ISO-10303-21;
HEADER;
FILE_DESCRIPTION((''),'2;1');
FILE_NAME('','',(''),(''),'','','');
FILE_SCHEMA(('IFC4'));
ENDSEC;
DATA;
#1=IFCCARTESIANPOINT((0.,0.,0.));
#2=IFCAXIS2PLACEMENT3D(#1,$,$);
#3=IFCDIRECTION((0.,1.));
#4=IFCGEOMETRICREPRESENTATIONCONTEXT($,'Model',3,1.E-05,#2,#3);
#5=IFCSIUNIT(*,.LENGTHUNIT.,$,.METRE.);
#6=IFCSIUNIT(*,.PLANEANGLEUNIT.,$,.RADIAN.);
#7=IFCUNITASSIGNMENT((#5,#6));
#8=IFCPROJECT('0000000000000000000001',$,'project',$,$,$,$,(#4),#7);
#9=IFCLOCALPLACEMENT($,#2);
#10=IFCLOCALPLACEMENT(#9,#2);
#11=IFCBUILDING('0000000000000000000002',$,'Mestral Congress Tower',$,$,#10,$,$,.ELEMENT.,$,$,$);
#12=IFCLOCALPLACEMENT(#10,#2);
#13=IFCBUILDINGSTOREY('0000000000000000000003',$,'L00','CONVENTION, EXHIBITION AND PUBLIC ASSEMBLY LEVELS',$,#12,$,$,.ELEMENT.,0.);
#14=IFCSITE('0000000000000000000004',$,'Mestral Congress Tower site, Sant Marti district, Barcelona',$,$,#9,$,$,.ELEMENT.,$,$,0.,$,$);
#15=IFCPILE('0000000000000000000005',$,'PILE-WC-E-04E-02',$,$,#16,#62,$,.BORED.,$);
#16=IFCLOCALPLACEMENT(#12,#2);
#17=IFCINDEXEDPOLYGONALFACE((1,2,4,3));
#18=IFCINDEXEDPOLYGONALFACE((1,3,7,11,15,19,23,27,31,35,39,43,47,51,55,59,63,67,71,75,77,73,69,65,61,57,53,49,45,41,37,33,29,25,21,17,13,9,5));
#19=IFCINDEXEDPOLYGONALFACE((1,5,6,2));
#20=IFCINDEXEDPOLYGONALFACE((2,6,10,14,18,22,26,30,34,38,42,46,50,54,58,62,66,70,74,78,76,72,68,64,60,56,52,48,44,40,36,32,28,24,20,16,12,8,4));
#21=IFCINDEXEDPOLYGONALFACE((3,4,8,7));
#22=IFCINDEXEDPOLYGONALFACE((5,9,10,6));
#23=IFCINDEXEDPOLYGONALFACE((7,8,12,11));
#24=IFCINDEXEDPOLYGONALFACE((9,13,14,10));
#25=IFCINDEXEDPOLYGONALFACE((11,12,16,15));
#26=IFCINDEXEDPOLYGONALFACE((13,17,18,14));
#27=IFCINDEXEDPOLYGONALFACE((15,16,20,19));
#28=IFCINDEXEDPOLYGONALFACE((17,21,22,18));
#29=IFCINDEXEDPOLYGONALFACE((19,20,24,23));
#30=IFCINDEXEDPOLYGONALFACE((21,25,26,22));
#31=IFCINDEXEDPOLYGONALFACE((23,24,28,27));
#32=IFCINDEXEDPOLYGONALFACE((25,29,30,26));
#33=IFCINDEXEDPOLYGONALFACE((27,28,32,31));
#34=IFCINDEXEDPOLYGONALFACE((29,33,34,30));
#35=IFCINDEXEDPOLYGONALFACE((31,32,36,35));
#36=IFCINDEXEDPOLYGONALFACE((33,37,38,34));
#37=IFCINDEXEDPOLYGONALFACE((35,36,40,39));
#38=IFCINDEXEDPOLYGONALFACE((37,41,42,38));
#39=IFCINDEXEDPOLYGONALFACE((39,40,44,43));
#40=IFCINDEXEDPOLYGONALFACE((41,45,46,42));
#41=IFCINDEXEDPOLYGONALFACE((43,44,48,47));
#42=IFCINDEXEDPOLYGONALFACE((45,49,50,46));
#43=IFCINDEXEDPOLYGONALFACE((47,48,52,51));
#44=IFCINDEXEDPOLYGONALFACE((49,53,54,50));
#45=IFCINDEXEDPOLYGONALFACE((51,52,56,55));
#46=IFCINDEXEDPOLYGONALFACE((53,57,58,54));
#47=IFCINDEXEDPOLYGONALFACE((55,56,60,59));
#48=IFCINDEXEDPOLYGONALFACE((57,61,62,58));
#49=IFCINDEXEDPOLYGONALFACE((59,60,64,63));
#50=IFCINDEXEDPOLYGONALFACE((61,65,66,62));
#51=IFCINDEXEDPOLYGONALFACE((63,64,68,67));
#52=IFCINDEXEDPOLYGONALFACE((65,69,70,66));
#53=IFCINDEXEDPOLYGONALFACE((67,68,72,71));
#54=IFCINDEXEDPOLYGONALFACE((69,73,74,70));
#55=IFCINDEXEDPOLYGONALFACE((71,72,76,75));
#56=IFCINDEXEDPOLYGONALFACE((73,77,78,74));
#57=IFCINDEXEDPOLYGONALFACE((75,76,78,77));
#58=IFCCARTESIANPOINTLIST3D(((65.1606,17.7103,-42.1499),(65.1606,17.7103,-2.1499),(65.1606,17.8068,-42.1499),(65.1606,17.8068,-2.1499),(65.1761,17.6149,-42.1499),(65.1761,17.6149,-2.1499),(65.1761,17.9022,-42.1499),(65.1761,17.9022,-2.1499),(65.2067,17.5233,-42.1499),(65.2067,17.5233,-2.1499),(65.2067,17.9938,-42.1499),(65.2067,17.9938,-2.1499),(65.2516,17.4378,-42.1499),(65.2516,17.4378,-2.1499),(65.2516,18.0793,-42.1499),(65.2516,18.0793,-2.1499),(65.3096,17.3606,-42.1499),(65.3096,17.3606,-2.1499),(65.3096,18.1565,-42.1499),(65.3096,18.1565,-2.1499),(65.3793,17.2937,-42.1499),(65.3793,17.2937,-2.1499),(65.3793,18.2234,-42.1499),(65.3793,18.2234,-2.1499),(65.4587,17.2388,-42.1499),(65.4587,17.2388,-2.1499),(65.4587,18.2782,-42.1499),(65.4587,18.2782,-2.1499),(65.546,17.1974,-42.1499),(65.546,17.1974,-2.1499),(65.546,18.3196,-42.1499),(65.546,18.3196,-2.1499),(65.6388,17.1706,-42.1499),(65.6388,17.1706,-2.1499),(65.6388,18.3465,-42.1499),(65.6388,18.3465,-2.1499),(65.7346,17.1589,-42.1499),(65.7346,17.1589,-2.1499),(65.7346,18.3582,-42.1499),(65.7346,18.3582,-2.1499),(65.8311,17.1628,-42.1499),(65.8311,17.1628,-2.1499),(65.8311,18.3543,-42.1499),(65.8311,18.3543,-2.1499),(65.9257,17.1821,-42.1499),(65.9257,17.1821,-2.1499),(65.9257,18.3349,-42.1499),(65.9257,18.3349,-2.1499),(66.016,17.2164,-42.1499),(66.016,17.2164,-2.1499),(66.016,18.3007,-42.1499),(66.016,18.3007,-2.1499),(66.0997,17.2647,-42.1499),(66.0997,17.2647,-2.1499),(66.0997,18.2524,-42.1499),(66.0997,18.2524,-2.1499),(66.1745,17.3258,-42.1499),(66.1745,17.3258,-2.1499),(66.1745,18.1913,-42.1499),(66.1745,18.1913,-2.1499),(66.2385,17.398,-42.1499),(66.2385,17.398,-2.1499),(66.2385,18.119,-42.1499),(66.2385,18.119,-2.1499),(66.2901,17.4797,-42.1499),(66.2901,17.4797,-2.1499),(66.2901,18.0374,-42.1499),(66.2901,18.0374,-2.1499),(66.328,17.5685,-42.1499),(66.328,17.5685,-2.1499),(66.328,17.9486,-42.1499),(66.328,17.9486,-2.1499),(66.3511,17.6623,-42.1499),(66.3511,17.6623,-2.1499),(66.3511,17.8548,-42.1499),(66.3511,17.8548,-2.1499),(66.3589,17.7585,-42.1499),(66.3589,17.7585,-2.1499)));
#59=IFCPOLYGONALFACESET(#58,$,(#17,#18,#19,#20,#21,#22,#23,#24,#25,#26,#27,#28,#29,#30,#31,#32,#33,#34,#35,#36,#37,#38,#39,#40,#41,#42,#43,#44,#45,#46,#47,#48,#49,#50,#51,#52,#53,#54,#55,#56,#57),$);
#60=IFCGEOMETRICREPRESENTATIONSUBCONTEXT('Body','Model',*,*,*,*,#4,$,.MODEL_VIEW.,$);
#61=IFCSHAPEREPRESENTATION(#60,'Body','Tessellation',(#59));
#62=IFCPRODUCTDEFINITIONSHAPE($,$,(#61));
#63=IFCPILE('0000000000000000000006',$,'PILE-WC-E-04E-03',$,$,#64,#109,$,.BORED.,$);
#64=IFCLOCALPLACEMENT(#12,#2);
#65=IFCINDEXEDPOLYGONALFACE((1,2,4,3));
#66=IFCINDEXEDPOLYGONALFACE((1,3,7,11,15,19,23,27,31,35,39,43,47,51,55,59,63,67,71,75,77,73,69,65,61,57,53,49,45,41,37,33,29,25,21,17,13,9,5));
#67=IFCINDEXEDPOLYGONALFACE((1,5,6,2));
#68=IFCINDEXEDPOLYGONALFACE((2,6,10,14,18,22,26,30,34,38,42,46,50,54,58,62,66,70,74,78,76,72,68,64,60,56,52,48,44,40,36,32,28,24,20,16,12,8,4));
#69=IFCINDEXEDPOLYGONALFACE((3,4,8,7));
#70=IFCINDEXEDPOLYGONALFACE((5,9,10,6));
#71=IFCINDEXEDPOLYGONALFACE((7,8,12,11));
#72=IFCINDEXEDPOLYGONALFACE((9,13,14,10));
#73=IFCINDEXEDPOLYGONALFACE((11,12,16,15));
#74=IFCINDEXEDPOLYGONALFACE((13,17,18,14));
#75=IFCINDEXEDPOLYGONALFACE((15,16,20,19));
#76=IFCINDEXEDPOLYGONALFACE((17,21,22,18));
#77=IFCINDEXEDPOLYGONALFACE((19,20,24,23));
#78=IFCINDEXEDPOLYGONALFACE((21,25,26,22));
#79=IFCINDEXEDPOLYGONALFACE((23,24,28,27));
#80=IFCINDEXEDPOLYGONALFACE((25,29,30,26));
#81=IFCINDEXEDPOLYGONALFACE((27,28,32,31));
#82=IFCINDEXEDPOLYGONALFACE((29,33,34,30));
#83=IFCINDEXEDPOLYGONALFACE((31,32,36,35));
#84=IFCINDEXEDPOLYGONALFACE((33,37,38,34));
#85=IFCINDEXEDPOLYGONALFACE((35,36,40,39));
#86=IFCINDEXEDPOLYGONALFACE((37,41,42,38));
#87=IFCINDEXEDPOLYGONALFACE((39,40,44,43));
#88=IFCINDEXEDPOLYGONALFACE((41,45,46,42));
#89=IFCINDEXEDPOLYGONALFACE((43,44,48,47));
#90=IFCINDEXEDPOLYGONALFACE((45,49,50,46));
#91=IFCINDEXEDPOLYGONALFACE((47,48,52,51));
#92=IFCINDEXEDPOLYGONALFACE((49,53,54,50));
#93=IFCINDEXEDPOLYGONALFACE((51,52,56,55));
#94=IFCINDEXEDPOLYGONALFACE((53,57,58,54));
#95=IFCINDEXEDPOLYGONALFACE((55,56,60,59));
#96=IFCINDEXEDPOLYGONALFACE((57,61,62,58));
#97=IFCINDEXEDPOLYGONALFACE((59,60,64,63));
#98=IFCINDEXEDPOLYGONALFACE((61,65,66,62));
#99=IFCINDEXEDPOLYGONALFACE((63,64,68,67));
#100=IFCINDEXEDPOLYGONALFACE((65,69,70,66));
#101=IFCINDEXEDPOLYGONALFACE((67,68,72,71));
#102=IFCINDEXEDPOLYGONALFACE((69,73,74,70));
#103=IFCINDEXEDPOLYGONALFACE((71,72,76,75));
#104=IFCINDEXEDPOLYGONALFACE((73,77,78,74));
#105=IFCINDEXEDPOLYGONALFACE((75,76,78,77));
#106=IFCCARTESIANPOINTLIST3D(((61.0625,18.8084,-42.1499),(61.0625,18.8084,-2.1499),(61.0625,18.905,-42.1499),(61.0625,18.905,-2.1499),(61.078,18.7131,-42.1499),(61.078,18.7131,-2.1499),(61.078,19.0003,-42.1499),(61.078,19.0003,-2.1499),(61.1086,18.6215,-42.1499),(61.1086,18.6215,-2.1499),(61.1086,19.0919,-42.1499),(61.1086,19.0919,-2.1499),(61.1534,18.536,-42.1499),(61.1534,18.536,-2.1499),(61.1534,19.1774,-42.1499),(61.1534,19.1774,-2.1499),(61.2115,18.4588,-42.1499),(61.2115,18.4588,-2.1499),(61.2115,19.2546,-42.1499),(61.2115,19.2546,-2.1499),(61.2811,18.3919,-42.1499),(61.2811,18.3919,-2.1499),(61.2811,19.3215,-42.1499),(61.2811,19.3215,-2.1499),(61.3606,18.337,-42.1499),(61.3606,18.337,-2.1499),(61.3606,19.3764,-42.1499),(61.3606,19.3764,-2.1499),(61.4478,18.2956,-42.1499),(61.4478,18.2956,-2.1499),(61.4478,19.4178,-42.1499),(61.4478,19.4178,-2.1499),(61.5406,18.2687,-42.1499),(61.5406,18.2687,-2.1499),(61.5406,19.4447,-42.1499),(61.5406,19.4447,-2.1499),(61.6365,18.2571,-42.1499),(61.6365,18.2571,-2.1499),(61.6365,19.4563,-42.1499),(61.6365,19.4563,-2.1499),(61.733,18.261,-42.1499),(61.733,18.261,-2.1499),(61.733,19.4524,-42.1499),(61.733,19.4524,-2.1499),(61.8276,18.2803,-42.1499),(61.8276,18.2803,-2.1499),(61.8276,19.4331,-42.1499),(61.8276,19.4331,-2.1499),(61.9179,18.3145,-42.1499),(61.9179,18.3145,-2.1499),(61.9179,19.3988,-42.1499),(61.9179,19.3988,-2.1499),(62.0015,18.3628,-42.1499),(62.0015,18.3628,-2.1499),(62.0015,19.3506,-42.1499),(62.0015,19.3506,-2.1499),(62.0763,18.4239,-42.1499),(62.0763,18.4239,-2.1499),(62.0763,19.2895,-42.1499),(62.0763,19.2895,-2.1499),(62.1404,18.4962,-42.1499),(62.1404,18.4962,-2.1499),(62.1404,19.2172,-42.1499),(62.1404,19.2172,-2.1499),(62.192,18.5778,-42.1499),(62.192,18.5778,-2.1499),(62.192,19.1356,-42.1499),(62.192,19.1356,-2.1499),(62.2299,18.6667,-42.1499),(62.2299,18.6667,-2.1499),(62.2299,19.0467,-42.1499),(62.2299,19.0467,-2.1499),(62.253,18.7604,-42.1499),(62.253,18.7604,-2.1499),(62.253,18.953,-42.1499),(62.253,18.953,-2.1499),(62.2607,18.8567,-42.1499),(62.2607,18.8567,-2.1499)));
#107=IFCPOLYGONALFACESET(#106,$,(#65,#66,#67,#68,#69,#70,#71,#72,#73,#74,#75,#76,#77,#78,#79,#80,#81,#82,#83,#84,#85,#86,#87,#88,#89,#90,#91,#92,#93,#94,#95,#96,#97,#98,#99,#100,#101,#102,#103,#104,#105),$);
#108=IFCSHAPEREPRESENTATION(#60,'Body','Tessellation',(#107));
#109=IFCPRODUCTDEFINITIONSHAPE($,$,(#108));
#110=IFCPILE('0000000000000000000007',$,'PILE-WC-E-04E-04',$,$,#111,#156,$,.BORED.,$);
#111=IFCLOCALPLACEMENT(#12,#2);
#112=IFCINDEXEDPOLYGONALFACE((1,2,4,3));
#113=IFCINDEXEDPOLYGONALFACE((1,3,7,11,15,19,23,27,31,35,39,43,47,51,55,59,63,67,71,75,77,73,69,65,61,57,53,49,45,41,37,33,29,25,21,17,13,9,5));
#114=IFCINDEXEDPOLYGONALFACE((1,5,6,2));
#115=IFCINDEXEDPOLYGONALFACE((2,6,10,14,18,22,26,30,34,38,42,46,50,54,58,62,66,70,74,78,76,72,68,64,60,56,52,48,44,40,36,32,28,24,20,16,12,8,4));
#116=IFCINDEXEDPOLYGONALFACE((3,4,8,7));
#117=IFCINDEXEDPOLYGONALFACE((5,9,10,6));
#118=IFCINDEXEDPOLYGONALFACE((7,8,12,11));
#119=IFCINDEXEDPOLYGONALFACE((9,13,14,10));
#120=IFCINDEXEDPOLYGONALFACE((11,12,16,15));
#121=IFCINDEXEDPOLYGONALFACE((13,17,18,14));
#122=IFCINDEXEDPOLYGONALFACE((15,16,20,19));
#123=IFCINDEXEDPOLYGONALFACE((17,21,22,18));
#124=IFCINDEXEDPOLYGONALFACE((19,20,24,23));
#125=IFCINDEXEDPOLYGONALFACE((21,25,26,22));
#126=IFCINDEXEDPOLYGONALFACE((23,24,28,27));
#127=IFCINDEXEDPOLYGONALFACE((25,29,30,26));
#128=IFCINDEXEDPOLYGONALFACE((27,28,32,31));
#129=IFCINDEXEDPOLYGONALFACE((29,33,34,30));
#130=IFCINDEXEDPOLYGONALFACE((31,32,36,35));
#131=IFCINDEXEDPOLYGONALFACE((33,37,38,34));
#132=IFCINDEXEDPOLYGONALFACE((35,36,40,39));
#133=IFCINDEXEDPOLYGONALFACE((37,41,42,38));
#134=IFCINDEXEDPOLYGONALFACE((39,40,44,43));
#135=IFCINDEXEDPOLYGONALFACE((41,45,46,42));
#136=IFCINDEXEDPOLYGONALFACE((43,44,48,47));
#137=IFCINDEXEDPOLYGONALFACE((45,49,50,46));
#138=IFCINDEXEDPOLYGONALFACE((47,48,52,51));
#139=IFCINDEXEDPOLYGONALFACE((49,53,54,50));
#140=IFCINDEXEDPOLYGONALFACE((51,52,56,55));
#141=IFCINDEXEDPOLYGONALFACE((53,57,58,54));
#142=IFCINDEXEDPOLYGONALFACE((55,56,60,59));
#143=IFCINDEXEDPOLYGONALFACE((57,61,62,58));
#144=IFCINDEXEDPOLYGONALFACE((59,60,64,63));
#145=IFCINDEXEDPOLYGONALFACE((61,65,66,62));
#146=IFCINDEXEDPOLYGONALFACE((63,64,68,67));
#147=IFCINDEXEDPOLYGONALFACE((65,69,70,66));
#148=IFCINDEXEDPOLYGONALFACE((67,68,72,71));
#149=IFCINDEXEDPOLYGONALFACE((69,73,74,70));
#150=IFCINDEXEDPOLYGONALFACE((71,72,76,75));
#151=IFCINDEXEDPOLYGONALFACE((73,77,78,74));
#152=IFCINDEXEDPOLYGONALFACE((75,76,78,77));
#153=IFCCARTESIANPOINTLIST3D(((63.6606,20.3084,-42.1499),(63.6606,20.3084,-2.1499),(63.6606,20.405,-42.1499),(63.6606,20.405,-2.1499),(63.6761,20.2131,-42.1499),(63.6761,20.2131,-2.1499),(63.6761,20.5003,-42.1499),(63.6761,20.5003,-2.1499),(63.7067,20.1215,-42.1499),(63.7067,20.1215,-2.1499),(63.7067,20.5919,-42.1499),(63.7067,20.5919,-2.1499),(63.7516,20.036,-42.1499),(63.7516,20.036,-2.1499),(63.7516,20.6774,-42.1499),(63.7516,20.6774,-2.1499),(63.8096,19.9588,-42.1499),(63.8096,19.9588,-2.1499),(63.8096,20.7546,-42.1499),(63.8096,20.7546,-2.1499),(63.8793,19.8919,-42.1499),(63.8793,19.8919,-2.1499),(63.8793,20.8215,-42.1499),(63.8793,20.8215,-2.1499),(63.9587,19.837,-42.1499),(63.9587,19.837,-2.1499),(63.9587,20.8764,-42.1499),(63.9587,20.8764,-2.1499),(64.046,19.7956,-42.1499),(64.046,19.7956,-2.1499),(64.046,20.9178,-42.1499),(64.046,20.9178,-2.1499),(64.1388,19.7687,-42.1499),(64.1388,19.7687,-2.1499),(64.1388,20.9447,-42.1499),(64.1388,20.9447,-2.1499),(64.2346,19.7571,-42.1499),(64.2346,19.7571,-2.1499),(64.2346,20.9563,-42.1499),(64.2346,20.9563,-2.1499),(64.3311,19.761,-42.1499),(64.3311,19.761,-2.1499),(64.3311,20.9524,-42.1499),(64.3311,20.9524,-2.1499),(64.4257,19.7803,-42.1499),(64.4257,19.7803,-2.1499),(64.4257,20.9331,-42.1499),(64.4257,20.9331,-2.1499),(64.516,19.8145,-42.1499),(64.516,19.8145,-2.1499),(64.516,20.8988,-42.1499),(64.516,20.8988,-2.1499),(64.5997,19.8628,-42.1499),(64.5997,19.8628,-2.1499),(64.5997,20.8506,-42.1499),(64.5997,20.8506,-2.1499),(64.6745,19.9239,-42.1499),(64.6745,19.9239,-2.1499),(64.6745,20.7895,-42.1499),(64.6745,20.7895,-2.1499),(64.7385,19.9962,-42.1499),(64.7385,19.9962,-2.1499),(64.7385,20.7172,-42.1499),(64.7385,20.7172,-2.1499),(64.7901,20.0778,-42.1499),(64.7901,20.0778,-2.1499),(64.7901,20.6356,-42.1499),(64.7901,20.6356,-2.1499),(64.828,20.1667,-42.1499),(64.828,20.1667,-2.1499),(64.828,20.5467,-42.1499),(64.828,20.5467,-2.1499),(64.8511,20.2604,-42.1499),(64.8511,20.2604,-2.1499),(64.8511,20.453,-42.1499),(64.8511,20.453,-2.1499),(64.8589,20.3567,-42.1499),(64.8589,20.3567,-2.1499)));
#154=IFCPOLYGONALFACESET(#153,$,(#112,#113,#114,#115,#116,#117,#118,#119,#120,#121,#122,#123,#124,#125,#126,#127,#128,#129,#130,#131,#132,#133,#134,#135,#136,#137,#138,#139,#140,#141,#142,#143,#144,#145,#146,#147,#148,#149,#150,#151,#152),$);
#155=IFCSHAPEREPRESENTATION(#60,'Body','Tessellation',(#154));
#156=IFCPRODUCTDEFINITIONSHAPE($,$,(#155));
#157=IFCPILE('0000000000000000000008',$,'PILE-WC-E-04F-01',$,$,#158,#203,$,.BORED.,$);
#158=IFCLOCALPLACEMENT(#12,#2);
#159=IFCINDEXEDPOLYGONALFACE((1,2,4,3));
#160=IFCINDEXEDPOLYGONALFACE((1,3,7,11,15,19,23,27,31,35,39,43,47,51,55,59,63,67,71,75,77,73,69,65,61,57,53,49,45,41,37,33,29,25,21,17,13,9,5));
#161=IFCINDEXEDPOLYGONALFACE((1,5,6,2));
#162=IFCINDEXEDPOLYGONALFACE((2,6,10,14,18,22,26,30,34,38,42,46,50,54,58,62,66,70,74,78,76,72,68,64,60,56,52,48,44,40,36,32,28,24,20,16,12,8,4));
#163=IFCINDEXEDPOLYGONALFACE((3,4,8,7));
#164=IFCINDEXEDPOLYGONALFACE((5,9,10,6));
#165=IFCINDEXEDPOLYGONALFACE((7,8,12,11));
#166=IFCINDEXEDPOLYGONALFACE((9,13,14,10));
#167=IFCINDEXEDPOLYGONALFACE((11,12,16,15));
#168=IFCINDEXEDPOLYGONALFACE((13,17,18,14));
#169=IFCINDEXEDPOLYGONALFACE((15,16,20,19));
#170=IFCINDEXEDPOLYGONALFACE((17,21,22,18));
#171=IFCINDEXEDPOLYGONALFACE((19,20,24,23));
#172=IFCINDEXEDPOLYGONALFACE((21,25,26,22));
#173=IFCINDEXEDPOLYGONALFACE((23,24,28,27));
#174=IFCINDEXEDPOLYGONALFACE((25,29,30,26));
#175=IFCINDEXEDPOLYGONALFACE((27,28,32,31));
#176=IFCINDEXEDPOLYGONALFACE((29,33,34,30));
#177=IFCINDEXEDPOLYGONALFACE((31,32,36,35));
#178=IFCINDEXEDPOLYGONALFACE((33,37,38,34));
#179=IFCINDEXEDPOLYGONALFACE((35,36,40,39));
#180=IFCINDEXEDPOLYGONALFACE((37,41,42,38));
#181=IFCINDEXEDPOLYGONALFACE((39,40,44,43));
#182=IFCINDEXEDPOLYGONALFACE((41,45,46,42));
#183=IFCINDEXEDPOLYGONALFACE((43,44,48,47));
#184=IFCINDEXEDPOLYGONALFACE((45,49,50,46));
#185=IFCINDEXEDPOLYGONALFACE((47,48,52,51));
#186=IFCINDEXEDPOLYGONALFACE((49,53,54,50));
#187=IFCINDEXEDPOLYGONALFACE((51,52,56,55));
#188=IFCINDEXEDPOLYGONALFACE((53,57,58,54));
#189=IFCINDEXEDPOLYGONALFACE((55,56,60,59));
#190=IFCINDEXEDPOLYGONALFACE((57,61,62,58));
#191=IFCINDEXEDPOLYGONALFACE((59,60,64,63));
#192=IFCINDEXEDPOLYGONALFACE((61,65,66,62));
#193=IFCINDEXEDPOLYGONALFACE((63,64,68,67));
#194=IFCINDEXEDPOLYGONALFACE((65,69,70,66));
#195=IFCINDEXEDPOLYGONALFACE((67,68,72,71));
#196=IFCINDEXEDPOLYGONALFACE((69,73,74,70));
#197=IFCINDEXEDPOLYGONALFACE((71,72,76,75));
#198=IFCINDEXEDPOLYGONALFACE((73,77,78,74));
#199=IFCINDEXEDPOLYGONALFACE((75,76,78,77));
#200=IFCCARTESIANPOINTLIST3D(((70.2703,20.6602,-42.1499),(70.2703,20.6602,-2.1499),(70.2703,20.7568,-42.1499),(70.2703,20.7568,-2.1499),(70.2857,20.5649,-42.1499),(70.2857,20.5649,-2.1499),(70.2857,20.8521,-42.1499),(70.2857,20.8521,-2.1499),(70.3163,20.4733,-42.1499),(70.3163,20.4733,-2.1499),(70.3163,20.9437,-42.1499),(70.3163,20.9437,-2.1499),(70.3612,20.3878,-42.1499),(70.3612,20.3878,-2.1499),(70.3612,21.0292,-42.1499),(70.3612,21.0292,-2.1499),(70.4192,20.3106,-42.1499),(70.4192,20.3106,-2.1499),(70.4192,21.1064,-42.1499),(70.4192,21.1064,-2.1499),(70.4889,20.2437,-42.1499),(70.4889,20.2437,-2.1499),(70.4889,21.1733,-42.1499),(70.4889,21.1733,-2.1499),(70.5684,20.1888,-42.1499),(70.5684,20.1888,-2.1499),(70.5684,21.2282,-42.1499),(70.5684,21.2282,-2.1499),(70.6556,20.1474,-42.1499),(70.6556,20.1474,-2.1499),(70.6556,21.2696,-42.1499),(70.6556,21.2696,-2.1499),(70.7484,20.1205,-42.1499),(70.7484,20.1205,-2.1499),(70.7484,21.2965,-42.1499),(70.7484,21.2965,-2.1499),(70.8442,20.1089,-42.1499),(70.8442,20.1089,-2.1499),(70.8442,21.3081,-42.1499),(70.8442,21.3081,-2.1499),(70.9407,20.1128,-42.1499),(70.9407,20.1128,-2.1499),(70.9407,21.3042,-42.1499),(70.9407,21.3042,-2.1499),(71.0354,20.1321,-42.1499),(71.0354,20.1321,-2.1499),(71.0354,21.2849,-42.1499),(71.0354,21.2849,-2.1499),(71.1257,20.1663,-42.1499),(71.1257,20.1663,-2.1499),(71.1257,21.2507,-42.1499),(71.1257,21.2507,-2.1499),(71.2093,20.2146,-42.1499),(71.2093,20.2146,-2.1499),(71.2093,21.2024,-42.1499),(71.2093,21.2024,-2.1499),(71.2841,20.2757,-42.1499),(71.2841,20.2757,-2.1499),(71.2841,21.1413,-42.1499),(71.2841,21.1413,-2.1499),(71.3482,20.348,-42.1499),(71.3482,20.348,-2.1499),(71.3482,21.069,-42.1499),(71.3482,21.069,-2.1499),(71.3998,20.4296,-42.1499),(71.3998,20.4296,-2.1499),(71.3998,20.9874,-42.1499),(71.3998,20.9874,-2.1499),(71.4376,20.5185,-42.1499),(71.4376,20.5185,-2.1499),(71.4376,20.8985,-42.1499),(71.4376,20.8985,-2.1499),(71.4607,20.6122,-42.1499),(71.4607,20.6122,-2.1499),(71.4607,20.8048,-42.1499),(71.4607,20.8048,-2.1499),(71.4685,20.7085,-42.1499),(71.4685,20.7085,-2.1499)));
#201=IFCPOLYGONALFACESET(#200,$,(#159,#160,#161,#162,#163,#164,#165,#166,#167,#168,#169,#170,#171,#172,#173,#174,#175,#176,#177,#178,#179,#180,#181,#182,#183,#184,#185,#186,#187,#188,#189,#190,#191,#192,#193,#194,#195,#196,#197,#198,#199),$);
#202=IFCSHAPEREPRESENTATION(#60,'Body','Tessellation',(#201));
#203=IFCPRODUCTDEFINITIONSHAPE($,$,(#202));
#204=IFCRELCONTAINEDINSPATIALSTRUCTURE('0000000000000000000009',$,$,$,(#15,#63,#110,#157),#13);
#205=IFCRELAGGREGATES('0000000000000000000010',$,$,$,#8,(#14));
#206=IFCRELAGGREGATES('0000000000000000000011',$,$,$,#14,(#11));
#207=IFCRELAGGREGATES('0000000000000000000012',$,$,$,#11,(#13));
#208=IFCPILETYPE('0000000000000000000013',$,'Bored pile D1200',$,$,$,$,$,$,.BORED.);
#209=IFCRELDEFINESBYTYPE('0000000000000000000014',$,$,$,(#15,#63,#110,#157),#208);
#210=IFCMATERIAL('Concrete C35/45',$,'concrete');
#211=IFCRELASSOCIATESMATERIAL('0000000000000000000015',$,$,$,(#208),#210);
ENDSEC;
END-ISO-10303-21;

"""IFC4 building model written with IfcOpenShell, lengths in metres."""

from ifc_helpers import new_model, si_unit, direction, frame, origin, origin_2d, place, context, subcontext, project, spatial, circle, extrude, material, material_profile, profile_set, type_object, element, save


model = new_model("IFC4")

# Units and contexts
model_context = context("Model", 3, precision=1e-05, world=origin(), true_north=direction((0.0, 1.0)))
body_context = subcontext(model_context, "Body", "Model", "MODEL_VIEW")
ifc_project = project(units=[si_unit("LENGTHUNIT", "METRE"), si_unit("PLANEANGLEUNIT", "RADIAN")], contexts=[model_context])

# Site, building, storey
site_placement = place(None, origin())
site = spatial("IfcSite", under=ifc_project, at=site_placement, Name="Mestral Congress Tower site, Sant Marti district, Barcelona", CompositionType="ELEMENT", RefElevation=0.0)
building_placement = place(site_placement, origin())
building = spatial("IfcBuilding", under=site, at=building_placement, Name="Mestral Congress Tower", CompositionType="ELEMENT")
storey_placement = place(building_placement, origin())
storey = spatial("IfcBuildingStorey", under=building, at=storey_placement, Name="L00", Description="CONVENTION, EXHIBITION AND PUBLIC ASSEMBLY LEVELS", CompositionType="ELEMENT", Elevation=0.0)

# Piles
ifc_material_1 = material(Name="Concrete C35/45", Category="concrete")
ifc_material_profile_1 = material_profile(ifc_material_1, circle(Radius=0.6001, at=origin_2d()), Name="D1200")
ifc_profile_set_1 = profile_set([ifc_material_profile_1], Name="Concrete C35/45")
pile_type = type_object("IfcPileType", Name="Bored pile D1200", PredefinedType="BORED", material=ifc_profile_set_1)
for number, where, z_axis, x_axis, name in (
    (1, (65.7588, 17.7585, -2.1499), (0.0, 0.0, -1.0), (1.0, 0.0, 0.0), "PILE-WC-E-04E-02"),
    (2, (61.6606, 18.8567, -2.1499), (0.0, 0.0, -1.0), (1.0, 0.0, 0.0), "PILE-WC-E-04E-03"),
    (3, (64.2588, 20.3567, -2.1499), (0.0, 0.0, -1.0), (1.0, 0.0, 0.0), "PILE-WC-E-04E-04"),
    (4, (70.8684, 20.7085, -2.1499), (0.0, 0.0, -1.0), (1.0, 0.0, 0.0), "PILE-WC-E-04F-01"),
):
    element("IfcPile", number, at=place(storey_placement, frame(where, z_axis=z_axis, x_axis=x_axis)), inside=storey, type_object=pile_type, Name=name, PredefinedType="BORED", context=body_context, shape_type="SweptSolid", body=[
        extrude(circle(Radius=0.6001, at=origin_2d()), origin(), (0.0, 0.0, 1.0), 40.0),
    ])

save(model, "model.ifc")
